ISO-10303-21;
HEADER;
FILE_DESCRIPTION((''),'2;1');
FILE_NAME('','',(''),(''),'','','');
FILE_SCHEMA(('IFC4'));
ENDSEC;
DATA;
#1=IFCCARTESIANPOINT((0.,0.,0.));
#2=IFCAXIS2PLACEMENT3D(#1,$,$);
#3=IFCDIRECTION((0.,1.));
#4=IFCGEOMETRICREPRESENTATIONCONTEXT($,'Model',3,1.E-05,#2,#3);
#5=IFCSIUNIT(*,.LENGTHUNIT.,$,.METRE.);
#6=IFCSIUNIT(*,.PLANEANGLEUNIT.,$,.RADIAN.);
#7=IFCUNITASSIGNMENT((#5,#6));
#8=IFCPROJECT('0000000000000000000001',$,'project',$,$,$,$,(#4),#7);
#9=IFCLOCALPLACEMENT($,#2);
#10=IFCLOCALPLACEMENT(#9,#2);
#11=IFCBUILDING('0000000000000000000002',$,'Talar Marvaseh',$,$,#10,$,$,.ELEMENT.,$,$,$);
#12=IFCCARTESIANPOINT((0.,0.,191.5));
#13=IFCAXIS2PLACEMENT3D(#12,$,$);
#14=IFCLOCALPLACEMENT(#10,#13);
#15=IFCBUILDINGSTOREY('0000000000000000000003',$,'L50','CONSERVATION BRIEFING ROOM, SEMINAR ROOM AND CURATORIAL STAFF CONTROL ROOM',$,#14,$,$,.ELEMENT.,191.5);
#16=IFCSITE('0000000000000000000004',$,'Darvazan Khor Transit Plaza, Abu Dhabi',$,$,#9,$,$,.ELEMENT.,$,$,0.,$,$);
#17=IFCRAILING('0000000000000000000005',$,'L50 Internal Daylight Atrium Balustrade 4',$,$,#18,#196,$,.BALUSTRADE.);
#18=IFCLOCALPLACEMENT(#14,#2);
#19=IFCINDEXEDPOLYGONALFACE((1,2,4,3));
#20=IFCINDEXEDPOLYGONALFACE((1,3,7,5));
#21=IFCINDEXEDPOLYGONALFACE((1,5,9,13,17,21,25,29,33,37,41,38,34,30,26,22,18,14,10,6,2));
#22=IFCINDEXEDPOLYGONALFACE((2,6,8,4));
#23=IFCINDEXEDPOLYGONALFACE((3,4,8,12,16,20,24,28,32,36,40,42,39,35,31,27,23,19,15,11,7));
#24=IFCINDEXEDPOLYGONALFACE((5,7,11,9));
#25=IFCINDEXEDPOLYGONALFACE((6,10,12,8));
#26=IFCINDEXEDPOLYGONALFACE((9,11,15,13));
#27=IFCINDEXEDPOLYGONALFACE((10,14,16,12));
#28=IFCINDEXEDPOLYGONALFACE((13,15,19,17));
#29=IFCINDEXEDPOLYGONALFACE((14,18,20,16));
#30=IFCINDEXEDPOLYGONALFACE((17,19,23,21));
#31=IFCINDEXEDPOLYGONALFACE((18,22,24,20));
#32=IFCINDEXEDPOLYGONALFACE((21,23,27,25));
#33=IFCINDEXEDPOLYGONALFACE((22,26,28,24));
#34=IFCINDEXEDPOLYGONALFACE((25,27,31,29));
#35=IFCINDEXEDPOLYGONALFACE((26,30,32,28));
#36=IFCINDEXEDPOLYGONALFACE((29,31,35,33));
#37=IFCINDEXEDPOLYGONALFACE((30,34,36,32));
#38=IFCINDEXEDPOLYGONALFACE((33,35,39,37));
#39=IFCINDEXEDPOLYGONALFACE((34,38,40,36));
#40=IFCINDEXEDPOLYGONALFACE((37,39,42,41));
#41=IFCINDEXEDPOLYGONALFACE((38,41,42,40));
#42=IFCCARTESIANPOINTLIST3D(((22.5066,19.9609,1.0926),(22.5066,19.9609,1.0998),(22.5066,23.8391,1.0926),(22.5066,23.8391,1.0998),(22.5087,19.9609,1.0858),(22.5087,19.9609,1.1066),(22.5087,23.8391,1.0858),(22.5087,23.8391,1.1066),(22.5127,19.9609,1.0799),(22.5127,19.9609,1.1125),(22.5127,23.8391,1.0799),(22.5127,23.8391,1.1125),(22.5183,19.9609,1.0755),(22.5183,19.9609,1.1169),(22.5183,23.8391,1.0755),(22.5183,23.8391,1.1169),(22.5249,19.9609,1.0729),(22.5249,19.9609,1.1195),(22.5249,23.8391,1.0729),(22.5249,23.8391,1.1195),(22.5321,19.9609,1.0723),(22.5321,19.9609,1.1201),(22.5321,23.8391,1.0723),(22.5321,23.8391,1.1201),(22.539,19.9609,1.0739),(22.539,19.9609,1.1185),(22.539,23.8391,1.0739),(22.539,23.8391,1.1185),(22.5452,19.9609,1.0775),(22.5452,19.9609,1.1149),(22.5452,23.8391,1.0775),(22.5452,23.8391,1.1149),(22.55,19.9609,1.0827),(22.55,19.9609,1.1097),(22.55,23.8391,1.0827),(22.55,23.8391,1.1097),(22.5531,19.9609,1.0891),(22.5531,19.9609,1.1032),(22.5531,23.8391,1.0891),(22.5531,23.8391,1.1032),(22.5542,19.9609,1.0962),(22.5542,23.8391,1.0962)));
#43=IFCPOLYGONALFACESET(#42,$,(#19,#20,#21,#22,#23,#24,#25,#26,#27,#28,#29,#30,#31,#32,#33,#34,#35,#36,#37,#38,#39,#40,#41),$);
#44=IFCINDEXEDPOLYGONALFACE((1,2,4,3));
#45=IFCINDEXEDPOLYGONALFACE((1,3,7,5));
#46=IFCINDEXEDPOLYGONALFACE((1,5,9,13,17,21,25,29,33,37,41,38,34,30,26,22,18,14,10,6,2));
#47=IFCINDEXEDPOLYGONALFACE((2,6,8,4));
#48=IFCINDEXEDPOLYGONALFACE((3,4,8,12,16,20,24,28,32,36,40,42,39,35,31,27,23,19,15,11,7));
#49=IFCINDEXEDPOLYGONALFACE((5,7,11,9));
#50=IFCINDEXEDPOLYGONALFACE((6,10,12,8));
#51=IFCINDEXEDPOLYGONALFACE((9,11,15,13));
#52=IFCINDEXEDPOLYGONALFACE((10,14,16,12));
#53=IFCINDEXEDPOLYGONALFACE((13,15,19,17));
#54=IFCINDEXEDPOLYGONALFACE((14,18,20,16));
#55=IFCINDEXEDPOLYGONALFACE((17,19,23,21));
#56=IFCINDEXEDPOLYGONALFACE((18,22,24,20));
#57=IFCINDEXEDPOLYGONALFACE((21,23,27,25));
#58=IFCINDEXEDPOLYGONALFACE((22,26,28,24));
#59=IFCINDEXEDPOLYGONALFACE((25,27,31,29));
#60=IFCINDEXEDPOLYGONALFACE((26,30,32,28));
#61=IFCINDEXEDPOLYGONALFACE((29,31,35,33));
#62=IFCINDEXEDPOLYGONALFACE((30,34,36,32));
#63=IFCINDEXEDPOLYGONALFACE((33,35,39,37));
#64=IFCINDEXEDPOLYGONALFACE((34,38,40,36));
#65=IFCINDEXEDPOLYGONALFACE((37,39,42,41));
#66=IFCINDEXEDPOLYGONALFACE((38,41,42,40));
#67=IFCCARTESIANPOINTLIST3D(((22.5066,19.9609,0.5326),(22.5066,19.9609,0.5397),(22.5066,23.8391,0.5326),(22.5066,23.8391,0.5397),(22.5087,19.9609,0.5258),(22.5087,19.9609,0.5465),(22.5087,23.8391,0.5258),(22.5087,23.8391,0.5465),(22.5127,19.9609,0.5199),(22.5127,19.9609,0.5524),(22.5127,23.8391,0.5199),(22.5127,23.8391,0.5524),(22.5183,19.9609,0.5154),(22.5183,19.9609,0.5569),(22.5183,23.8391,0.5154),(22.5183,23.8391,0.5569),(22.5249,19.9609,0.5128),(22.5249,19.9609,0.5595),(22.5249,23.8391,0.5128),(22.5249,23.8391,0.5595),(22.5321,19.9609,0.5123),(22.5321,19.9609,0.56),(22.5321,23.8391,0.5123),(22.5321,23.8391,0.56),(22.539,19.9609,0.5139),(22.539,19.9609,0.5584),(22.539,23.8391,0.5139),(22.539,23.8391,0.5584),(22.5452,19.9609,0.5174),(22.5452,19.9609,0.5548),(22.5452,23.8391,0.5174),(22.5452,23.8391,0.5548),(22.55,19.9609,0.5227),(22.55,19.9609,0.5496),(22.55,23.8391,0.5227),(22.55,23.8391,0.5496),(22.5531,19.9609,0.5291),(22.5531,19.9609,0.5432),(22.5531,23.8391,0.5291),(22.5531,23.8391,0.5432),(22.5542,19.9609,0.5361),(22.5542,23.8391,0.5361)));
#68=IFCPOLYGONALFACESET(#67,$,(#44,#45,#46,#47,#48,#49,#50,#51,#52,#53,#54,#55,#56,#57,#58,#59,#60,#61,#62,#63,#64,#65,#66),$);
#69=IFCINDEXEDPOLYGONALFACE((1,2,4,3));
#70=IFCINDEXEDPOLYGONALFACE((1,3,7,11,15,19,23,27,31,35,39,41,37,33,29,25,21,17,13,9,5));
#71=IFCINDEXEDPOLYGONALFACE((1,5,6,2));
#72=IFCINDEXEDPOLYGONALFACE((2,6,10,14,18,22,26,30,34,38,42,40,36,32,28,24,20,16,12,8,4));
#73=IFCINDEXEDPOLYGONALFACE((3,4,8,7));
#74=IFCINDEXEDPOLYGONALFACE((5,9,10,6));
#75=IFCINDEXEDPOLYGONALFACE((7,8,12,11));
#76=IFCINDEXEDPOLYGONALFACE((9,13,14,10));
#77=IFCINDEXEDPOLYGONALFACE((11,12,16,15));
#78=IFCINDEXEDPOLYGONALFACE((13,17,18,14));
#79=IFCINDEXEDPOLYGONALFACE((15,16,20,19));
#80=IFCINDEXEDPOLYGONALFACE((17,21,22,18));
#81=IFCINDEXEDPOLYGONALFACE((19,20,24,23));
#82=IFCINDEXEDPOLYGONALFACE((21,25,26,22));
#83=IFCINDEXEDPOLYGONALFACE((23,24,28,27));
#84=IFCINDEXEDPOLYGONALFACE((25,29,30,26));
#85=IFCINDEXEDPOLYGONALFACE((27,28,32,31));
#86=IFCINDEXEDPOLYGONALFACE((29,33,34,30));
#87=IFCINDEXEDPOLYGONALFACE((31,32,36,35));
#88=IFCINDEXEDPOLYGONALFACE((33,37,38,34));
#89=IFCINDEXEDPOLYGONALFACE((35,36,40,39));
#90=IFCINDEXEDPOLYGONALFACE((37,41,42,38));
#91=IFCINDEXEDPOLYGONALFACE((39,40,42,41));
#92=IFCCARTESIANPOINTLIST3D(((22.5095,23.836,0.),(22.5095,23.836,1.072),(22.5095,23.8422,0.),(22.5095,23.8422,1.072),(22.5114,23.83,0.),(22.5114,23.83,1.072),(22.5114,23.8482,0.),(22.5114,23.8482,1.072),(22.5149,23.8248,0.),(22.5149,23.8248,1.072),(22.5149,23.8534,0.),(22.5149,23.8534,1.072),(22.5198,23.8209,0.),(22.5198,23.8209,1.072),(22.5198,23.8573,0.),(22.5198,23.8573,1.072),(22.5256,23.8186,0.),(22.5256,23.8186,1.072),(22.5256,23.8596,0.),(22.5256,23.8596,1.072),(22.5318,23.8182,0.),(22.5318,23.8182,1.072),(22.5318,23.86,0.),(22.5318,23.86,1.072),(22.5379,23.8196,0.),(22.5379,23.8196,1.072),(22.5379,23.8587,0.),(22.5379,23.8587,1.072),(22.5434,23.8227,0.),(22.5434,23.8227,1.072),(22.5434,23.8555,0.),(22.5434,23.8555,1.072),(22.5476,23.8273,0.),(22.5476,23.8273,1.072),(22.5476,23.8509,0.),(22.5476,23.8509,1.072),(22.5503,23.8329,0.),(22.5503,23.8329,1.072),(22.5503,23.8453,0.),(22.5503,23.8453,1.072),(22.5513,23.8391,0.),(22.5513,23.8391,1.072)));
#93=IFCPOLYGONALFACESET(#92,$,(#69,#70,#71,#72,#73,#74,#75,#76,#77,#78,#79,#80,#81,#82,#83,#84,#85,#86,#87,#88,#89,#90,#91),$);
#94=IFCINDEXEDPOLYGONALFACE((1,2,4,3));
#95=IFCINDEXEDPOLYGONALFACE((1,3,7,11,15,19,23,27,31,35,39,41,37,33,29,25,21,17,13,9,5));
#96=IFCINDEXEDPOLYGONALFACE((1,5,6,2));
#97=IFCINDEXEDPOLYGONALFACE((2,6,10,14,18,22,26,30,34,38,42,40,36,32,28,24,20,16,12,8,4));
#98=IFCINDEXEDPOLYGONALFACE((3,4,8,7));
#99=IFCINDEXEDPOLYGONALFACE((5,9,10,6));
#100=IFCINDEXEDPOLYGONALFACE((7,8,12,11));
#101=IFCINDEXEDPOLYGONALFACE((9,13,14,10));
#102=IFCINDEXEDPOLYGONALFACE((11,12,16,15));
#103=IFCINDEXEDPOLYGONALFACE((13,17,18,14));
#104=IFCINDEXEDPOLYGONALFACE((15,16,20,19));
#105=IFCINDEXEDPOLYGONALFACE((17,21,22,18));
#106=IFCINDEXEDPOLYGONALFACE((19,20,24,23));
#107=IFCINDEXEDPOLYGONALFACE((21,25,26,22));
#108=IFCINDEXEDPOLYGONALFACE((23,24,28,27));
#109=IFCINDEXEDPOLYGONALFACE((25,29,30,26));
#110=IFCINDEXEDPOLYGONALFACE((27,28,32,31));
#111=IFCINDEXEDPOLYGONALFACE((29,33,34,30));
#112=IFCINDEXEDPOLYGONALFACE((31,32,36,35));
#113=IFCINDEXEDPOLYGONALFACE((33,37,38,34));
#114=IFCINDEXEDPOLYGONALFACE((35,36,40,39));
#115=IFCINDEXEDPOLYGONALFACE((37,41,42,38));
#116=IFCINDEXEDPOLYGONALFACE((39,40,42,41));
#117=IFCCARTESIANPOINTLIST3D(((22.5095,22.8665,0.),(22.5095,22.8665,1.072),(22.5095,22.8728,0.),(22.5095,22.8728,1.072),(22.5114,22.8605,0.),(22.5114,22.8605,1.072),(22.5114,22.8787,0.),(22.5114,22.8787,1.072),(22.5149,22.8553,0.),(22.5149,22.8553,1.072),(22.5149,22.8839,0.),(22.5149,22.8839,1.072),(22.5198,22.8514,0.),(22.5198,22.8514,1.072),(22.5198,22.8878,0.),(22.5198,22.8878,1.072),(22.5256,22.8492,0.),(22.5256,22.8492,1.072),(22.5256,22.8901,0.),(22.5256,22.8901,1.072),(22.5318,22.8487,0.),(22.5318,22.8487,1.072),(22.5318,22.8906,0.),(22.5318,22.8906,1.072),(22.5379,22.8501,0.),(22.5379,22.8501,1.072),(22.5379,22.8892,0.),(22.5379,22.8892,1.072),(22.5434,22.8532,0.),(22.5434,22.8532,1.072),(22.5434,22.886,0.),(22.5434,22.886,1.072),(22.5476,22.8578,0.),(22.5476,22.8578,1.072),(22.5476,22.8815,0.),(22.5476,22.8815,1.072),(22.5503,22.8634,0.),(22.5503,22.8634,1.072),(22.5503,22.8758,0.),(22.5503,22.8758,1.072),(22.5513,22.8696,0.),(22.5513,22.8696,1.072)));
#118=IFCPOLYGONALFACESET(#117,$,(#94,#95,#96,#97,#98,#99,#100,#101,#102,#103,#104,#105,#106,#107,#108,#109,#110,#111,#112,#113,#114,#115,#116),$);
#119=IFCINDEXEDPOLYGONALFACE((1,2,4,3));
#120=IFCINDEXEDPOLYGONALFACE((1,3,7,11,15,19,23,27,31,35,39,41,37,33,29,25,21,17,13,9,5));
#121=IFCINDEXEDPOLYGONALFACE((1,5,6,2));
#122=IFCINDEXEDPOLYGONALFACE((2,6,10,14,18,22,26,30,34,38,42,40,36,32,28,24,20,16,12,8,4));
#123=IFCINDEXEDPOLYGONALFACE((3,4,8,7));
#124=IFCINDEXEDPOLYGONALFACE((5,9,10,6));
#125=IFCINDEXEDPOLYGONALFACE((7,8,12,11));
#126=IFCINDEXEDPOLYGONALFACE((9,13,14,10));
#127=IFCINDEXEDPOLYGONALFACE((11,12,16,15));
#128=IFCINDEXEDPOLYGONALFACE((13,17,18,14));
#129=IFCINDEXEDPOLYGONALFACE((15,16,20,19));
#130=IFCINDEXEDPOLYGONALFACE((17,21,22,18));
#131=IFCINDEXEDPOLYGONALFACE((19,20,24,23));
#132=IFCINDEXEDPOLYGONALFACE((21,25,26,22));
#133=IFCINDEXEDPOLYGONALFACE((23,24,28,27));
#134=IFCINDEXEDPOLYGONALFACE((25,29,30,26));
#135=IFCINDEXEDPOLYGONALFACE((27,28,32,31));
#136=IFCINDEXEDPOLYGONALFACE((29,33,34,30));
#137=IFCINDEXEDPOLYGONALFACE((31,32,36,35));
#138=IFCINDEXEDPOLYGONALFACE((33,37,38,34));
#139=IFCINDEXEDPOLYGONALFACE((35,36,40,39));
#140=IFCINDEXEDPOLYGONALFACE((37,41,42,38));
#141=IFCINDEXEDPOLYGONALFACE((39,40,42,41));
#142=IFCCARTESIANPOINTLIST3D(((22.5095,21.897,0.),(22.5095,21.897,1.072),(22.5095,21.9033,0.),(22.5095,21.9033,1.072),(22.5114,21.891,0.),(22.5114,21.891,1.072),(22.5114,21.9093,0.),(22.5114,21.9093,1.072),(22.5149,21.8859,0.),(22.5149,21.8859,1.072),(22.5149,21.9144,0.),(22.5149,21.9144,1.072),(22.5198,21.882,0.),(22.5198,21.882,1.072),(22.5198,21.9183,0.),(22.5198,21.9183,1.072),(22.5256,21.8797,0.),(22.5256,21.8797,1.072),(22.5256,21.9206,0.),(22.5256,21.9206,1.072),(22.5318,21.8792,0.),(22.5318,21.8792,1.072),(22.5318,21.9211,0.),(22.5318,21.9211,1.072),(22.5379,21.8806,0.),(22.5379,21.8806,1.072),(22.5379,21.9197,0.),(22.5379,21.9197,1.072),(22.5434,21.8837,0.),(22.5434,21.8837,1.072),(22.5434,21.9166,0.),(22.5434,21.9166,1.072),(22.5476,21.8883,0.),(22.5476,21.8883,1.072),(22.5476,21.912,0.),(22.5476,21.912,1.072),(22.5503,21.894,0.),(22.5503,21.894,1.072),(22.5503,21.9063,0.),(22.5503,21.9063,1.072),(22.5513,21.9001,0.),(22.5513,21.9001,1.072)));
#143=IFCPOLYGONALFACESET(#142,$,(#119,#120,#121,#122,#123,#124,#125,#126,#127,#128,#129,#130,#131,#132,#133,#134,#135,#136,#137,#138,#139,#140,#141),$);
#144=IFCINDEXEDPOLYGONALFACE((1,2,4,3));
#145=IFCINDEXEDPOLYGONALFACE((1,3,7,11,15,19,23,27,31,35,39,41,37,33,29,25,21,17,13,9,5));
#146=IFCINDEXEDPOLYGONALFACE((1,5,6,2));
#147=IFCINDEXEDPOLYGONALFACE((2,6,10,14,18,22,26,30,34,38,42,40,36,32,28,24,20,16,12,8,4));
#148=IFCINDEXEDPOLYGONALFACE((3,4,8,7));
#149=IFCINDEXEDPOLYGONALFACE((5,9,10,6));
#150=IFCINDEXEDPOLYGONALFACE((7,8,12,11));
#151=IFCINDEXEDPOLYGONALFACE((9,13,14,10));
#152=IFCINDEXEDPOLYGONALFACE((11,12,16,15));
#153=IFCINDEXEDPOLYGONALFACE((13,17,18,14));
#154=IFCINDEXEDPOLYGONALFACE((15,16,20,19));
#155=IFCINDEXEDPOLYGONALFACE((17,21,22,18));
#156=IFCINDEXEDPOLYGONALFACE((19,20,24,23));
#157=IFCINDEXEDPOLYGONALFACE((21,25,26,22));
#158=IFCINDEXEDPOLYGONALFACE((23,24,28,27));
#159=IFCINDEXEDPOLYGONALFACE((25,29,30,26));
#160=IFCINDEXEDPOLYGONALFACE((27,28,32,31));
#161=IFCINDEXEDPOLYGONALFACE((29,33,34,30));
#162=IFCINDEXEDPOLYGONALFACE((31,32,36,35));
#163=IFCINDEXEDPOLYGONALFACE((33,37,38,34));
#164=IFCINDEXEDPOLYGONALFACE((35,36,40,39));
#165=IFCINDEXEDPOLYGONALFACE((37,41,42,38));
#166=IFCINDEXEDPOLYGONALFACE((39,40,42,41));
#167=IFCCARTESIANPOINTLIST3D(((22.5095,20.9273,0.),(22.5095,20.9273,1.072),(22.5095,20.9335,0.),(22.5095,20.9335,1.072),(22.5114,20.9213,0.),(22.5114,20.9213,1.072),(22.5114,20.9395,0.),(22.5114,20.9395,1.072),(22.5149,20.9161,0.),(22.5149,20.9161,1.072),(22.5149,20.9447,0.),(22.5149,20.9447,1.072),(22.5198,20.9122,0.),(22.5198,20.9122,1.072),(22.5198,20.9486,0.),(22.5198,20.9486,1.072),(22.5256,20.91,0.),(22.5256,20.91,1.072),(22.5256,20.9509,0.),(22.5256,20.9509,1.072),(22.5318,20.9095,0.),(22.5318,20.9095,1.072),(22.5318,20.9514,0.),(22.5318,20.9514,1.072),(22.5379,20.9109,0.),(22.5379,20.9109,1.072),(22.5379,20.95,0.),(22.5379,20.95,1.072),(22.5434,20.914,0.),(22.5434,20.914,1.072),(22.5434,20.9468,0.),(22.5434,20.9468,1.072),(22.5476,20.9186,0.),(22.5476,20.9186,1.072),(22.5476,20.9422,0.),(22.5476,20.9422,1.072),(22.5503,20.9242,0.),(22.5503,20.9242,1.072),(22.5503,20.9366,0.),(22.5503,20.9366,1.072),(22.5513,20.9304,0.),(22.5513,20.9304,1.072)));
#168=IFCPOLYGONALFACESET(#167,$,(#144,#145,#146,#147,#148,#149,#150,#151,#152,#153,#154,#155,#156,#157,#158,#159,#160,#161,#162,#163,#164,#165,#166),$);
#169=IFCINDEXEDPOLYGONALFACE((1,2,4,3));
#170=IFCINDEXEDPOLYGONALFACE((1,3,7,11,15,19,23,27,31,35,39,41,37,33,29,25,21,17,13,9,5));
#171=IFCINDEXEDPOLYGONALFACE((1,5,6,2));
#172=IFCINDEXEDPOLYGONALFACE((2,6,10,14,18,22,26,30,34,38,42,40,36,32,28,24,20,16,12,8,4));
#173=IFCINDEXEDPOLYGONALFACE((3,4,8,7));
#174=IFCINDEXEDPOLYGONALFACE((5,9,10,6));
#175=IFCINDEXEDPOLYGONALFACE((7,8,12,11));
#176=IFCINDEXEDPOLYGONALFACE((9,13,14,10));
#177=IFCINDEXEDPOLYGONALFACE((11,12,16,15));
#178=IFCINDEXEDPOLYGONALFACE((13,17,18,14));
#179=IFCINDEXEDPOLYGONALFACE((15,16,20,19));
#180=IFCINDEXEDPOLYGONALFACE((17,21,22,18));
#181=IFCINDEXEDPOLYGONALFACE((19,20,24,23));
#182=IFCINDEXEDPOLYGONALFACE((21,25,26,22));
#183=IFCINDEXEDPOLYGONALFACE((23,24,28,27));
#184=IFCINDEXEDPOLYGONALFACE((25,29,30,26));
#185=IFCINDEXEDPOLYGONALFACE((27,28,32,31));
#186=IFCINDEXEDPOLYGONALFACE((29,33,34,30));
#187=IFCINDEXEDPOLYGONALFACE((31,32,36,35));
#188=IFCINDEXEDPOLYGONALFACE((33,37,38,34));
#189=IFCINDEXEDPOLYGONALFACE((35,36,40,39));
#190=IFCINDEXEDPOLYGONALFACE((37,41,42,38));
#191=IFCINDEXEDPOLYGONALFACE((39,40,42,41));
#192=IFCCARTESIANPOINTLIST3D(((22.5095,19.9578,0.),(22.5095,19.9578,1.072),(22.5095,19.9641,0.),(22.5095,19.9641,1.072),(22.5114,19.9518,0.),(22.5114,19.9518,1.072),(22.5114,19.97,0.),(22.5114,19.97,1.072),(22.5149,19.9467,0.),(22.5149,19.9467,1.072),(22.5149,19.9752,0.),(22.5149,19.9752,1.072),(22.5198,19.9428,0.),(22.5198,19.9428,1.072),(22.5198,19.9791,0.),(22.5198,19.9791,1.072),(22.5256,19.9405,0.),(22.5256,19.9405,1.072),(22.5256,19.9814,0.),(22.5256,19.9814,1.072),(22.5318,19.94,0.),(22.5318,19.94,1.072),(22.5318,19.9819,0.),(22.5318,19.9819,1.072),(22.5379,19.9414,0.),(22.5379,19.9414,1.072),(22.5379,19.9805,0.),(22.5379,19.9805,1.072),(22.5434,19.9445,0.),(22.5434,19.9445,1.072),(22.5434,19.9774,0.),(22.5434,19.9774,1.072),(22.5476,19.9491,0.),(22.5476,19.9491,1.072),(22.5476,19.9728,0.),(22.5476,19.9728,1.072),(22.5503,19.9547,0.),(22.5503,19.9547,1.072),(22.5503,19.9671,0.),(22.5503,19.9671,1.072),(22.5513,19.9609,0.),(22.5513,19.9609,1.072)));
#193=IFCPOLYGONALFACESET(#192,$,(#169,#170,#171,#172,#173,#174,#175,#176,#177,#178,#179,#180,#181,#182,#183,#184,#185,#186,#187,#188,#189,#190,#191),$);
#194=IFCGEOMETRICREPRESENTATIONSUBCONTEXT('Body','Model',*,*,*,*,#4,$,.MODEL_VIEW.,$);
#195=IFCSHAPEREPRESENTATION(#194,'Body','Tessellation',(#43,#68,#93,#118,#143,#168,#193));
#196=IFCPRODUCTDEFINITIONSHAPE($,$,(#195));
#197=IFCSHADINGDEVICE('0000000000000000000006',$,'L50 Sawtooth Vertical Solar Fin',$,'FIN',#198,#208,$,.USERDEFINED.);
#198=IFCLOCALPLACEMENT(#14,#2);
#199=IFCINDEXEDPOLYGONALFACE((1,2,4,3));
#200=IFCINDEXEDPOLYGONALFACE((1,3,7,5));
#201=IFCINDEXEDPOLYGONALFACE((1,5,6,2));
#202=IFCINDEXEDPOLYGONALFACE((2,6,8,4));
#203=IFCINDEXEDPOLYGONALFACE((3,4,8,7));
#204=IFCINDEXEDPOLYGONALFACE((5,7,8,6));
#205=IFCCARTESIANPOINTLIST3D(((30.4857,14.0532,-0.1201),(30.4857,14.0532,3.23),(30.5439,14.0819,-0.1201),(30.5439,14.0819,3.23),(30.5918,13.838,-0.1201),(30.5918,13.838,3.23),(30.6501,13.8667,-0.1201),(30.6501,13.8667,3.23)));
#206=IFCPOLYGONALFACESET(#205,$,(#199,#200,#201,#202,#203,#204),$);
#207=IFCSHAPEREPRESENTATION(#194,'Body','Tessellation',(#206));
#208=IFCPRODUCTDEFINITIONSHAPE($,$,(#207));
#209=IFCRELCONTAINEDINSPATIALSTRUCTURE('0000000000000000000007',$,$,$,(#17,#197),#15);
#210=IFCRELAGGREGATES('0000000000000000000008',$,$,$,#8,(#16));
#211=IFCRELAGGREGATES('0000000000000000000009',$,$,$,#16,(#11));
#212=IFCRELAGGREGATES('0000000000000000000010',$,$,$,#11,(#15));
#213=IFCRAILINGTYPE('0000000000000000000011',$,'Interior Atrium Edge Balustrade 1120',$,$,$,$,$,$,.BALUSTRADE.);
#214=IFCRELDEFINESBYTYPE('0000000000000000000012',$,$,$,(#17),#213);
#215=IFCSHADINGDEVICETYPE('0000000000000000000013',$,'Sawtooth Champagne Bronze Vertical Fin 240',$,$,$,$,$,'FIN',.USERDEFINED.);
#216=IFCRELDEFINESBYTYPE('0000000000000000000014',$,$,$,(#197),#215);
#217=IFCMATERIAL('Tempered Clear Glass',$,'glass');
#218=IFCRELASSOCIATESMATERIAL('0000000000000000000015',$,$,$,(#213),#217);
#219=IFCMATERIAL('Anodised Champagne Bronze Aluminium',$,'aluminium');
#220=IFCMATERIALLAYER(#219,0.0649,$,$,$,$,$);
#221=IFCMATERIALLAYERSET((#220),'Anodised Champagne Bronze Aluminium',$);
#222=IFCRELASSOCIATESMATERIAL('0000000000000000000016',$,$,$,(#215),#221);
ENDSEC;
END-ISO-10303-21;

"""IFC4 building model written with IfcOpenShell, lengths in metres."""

from ifc_helpers import new_model, si_unit, direction, frame, origin, origin_2d, place, context, subcontext, project, spatial, rectangle, circle, extrude, source, transform, mapped, material, layer, layer_set, type_object, type_shapes, element, save


model = new_model("IFC4")

# Units and contexts
model_context = context("Model", 3, precision=1e-05, world=origin(), true_north=direction((0.0, 1.0)))
body_context = subcontext(model_context, "Body", "Model", "MODEL_VIEW")
ifc_project = project(units=[si_unit("LENGTHUNIT", "METRE"), si_unit("PLANEANGLEUNIT", "RADIAN")], contexts=[model_context])

# Site, building, storey
site_placement = place(None, origin())
site = spatial("IfcSite", under=ifc_project, at=site_placement, Name="Darvazan Khor Transit Plaza, Abu Dhabi", CompositionType="ELEMENT", RefElevation=0.0)
building_placement = place(site_placement, origin())
building = spatial("IfcBuilding", under=site, at=building_placement, Name="Talar Marvaseh", CompositionType="ELEMENT")
storey_placement = place(building_placement, frame((0.0, 0.0, 191.5)))
storey = spatial("IfcBuildingStorey", under=building, at=storey_placement, Name="L50", Description="CONSERVATION BRIEFING ROOM, SEMINAR ROOM AND CURATORIAL STAFF CONTROL ROOM", CompositionType="ELEMENT", Elevation=191.5)

# Railing
ifc_material_1 = material(Name="Tempered Clear Glass", Category="glass")
railing_type = type_object("IfcRailingType", Name="Interior Atrium Edge Balustrade 1120", PredefinedType="BALUSTRADE", material=ifc_material_1)
railing_1_placement = place(storey_placement, frame((22.5303, 23.8391, 0.0)))
element("IfcRailing", 1, at=railing_1_placement, inside=storey, type_object=railing_type, Name="L50 Internal Daylight Atrium Balustrade 4", PredefinedType="BALUSTRADE", context=body_context, shape_type="SweptSolid", body=[
    extrude(circle(Radius=0.0239, at=origin_2d()), frame((0.0, 0.0, 1.0962), z_axis=(0.0, -1.0, 0.0), x_axis=(1.0, 0.0, 0.0)), (0.0, 0.0, 1.0), 3.8782),
    extrude(circle(Radius=0.0239, at=origin_2d()), frame((0.0, 0.0, 0.5361), z_axis=(0.0, -1.0, 0.0), x_axis=(1.0, 0.0, 0.0)), (0.0, 0.0, 1.0), 3.8782),
    extrude(circle(Radius=0.021, at=origin_2d()), origin(), (0.0, 0.0, 1.0), 1.072),
    extrude(circle(Radius=0.021, at=origin_2d()), frame((0.0, -0.9695, 0.0)), (0.0, 0.0, 1.0), 1.072),
    extrude(circle(Radius=0.021, at=origin_2d()), frame((0.0, -1.939, 0.0)), (0.0, 0.0, 1.0), 1.072),
    extrude(circle(Radius=0.021, at=origin_2d()), frame((0.0, -2.9087, 0.0)), (0.0, 0.0, 1.0), 1.072),
    extrude(circle(Radius=0.021, at=origin_2d()), frame((0.0, -3.8782, 0.0)), (0.0, 0.0, 1.0), 1.072),
])

# Shading device
ifc_material_2 = material(Name="Anodised Champagne Bronze Aluminium", Category="aluminium")
ifc_layer_1 = layer(ifc_material_2, 0.0649)
ifc_layer_set_1 = layer_set([ifc_layer_1], Name="Anodised Champagne Bronze Aluminium")
shading_device_type = type_object("IfcShadingDeviceType", Name="Sawtooth Champagne Bronze Vertical Fin 240", ElementType="FIN", PredefinedType="USERDEFINED", material=ifc_layer_set_1)
shared_shape_1 = source(origin(), body_context, "Body", "SweptSolid", [
    extrude(rectangle(XDim=0.24, YDim=0.0649, at=origin_2d()), origin(), (0.0, 0.0, 1.0), 3.3501),
])
type_shapes(shading_device_type, [shared_shape_1])
for number, where, z_axis, x_axis, name in (
    (2, (30.5679, 13.96, -0.1201), (0.0, 0.0, 1.0), (0.442445, -0.896796, 0.0), "L50 Sawtooth Vertical Solar Fin"),
):
    element("IfcShadingDevice", number, at=place(storey_placement, frame(where, z_axis=z_axis, x_axis=x_axis)), inside=storey, type_object=shading_device_type, Name=name, ObjectType="FIN", PredefinedType="USERDEFINED", context=body_context, shape_type="MappedRepresentation", body=[
        mapped(shared_shape_1, transform((0.0, 0.0, 0.0), x_axis=(1.0, 0.0, 0.0), y_axis=(0.0, 1.0, 0.0), z_axis=(0.0, 0.0, 1.0), scale=1.0)),
    ])

save(model, "model.ifc")
